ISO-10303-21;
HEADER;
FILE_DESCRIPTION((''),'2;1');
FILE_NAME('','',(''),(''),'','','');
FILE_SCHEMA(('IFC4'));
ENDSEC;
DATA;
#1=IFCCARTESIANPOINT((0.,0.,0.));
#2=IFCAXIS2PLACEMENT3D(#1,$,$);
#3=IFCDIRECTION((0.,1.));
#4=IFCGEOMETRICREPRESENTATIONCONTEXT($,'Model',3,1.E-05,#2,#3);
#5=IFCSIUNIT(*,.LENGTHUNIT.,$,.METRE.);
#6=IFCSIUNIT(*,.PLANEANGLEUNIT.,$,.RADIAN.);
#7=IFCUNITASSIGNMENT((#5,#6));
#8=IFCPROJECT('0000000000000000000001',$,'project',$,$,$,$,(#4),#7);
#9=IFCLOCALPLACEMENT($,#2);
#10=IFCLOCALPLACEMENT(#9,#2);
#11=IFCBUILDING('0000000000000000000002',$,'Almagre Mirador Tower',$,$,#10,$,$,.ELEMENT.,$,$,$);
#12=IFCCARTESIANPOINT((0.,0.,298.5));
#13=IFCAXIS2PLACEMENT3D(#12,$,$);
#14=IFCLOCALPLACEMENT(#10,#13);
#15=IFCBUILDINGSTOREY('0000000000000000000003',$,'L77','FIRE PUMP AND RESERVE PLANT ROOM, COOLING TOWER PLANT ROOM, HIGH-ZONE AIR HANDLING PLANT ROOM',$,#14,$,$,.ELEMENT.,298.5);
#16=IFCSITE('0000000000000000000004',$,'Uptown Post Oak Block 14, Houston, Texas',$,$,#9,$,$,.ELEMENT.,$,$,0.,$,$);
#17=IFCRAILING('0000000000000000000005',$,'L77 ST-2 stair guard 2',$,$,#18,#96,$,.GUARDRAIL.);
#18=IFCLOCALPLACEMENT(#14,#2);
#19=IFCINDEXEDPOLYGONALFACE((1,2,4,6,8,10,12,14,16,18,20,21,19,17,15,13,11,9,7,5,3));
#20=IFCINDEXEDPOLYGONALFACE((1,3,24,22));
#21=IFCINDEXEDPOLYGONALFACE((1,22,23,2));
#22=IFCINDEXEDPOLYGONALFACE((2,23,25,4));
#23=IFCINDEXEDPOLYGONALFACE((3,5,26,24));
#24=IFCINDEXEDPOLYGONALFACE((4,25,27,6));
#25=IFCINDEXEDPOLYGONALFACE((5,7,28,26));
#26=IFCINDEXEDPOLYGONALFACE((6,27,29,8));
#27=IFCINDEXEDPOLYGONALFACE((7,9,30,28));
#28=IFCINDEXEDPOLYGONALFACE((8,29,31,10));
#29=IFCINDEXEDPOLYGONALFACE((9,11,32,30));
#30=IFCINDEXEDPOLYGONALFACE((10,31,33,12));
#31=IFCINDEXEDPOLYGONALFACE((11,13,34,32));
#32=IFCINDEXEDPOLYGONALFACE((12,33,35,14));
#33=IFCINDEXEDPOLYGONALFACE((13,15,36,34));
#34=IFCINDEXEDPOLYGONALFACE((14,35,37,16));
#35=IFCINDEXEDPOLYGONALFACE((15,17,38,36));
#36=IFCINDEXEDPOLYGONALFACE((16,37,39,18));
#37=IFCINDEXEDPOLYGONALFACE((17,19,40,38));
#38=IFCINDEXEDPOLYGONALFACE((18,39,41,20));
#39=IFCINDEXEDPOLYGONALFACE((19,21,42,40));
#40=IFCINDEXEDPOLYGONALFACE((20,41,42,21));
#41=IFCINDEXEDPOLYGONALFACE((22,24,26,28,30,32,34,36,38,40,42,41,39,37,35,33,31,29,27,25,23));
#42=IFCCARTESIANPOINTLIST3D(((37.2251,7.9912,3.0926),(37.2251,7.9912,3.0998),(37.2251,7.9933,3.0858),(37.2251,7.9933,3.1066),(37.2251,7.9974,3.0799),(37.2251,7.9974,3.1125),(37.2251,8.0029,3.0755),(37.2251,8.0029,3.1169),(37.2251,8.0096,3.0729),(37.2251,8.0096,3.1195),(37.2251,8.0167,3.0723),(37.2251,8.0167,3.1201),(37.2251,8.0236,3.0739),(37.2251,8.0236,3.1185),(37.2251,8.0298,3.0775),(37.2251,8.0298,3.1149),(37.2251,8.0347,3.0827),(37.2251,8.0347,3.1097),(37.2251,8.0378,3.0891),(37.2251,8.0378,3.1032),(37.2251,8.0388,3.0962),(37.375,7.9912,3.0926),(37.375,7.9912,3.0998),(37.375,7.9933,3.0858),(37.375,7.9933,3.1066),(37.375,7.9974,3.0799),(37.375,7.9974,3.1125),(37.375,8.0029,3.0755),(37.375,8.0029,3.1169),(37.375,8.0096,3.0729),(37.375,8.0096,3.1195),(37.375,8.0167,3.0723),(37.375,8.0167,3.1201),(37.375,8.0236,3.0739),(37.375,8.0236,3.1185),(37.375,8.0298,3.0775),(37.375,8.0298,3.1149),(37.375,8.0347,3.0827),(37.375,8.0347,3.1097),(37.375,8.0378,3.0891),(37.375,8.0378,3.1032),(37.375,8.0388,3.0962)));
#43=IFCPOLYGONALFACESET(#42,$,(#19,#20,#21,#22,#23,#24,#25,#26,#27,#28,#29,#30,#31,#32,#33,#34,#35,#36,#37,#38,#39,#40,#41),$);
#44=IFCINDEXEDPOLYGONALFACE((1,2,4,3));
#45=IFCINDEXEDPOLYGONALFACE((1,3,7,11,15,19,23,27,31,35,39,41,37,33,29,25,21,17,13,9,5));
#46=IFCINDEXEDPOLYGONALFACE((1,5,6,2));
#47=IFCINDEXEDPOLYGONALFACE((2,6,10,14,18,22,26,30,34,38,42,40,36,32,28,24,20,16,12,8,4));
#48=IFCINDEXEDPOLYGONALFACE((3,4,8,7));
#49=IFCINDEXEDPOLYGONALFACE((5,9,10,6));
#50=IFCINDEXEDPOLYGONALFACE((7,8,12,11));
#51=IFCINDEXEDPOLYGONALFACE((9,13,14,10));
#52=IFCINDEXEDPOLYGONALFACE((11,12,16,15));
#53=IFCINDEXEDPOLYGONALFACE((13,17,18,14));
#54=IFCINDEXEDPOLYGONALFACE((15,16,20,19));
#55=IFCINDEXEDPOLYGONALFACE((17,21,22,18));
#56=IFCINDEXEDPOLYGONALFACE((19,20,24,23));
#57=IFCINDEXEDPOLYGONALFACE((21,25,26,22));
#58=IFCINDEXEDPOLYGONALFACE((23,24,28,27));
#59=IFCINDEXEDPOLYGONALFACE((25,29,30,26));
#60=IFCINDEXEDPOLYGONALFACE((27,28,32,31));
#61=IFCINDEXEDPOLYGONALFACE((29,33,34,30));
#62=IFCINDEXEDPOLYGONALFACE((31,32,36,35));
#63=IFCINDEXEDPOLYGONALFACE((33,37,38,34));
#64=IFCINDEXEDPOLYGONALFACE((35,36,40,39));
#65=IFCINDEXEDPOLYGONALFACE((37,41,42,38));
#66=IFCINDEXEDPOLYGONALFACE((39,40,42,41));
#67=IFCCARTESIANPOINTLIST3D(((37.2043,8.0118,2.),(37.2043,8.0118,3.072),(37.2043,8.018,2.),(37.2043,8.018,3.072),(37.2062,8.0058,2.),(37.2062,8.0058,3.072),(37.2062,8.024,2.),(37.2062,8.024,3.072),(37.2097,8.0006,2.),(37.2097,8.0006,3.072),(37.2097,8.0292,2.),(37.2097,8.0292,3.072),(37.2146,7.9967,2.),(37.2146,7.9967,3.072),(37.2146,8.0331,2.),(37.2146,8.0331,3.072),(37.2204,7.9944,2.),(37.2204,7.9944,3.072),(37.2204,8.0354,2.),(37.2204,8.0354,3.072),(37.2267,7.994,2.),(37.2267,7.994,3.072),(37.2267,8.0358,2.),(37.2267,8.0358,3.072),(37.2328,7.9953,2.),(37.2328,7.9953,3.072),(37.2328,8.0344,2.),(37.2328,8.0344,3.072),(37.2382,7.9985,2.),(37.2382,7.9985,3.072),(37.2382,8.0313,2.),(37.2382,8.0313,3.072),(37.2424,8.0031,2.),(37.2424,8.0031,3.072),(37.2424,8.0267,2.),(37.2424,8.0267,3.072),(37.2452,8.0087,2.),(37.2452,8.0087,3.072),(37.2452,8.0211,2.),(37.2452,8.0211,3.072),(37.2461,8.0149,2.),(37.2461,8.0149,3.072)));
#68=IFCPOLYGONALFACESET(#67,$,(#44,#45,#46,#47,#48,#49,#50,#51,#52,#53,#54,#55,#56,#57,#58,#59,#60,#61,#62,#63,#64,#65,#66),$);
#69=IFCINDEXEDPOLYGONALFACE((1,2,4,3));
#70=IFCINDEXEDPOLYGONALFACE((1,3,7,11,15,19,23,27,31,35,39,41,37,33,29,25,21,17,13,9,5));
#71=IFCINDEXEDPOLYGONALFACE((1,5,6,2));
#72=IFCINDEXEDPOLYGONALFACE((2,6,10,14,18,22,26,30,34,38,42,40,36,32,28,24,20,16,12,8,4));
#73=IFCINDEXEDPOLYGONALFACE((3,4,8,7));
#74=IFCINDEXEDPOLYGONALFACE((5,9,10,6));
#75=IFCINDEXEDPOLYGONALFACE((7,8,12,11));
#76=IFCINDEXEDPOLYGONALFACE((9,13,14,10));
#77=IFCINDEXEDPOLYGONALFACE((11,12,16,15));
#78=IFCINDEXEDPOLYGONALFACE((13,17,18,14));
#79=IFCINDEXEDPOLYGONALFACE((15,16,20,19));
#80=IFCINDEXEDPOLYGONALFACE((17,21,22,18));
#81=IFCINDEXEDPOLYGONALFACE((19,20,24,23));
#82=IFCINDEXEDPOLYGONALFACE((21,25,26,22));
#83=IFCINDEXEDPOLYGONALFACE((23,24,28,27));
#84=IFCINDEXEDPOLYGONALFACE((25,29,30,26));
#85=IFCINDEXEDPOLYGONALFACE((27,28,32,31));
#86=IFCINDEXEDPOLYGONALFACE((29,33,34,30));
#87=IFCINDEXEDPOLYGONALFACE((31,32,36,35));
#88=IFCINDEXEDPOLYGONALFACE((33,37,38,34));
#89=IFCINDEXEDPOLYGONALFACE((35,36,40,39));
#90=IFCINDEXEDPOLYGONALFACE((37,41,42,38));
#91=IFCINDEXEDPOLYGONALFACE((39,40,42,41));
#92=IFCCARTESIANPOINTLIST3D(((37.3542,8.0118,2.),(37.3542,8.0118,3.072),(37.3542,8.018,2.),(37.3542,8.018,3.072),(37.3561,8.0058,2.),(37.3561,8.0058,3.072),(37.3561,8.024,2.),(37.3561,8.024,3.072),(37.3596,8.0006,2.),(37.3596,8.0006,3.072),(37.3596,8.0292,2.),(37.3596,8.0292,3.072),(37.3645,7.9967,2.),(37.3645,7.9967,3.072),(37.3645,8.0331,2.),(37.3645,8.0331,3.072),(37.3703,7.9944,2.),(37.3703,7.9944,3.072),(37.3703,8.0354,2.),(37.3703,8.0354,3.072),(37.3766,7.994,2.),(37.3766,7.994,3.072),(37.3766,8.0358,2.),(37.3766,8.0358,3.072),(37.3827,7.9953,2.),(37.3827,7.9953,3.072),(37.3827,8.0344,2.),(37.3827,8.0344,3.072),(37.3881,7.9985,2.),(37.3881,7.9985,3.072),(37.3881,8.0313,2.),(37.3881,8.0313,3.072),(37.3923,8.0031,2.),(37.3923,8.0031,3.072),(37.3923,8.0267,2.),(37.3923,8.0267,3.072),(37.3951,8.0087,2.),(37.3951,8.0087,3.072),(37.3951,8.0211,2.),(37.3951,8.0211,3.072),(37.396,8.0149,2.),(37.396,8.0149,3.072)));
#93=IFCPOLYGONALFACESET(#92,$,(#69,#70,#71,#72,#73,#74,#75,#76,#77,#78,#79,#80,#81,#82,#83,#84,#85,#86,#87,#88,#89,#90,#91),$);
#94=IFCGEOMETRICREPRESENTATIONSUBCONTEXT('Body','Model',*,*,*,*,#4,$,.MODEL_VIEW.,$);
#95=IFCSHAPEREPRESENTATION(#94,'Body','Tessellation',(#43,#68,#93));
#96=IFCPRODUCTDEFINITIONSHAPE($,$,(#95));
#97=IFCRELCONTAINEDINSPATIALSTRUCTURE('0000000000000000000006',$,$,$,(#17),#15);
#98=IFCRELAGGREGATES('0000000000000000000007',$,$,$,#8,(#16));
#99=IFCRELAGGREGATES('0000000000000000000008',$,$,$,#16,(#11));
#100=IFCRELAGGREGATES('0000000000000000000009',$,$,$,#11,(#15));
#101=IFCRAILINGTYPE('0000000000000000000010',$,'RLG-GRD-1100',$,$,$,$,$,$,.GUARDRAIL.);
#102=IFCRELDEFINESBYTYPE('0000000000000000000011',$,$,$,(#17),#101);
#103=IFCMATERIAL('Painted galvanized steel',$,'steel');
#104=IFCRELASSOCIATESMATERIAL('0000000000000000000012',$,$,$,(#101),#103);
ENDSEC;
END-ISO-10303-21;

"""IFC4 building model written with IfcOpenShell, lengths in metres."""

from ifc_helpers import new_model, si_unit, direction, frame, origin, origin_2d, place, context, subcontext, project, spatial, circle, extrude, material, type_object, element, save


model = new_model("IFC4")

# Units and contexts
model_context = context("Model", 3, precision=1e-05, world=origin(), true_north=direction((0.0, 1.0)))
body_context = subcontext(model_context, "Body", "Model", "MODEL_VIEW")
ifc_project = project(units=[si_unit("LENGTHUNIT", "METRE"), si_unit("PLANEANGLEUNIT", "RADIAN")], contexts=[model_context])

# Site, building, storey
site_placement = place(None, origin())
site = spatial("IfcSite", under=ifc_project, at=site_placement, Name="Uptown Post Oak Block 14, Houston, Texas", CompositionType="ELEMENT", RefElevation=0.0)
building_placement = place(site_placement, origin())
building = spatial("IfcBuilding", under=site, at=building_placement, Name="Almagre Mirador Tower", CompositionType="ELEMENT")
storey_placement = place(building_placement, frame((0.0, 0.0, 298.5)))
storey = spatial("IfcBuildingStorey", under=building, at=storey_placement, Name="L77", Description="FIRE PUMP AND RESERVE PLANT ROOM, COOLING TOWER PLANT ROOM, HIGH-ZONE AIR HANDLING PLANT ROOM", CompositionType="ELEMENT", Elevation=298.5)

# Railing
ifc_material_1 = material(Name="Painted galvanized steel", Category="steel")
railing_type_1 = type_object("IfcRailingType", Name="RLG-GRD-1100", PredefinedType="GUARDRAIL", material=ifc_material_1)
railing_1_placement = place(storey_placement, frame((37.2251, 8.0149, 2.0)))
element("IfcRailing", 1, at=railing_1_placement, inside=storey, type_object=railing_type_1, Name="L77 ST-2 stair guard 2", PredefinedType="GUARDRAIL", context=body_context, shape_type="SweptSolid", body=[
    extrude(circle(Radius=0.0239, at=origin_2d()), frame((0.0, 0.0, 1.0962), z_axis=(1.0, 0.0, 0.0), x_axis=(0.0, 1.0, 0.0)), (0.0, 0.0, 1.0), 0.1499),
    extrude(circle(Radius=0.021, at=origin_2d()), origin(), (0.0, 0.0, 1.0), 1.072),
    extrude(circle(Radius=0.021, at=origin_2d()), frame((0.1499, 0.0, 0.0)), (0.0, 0.0, 1.0), 1.072),
])

save(model, "model.ifc")
